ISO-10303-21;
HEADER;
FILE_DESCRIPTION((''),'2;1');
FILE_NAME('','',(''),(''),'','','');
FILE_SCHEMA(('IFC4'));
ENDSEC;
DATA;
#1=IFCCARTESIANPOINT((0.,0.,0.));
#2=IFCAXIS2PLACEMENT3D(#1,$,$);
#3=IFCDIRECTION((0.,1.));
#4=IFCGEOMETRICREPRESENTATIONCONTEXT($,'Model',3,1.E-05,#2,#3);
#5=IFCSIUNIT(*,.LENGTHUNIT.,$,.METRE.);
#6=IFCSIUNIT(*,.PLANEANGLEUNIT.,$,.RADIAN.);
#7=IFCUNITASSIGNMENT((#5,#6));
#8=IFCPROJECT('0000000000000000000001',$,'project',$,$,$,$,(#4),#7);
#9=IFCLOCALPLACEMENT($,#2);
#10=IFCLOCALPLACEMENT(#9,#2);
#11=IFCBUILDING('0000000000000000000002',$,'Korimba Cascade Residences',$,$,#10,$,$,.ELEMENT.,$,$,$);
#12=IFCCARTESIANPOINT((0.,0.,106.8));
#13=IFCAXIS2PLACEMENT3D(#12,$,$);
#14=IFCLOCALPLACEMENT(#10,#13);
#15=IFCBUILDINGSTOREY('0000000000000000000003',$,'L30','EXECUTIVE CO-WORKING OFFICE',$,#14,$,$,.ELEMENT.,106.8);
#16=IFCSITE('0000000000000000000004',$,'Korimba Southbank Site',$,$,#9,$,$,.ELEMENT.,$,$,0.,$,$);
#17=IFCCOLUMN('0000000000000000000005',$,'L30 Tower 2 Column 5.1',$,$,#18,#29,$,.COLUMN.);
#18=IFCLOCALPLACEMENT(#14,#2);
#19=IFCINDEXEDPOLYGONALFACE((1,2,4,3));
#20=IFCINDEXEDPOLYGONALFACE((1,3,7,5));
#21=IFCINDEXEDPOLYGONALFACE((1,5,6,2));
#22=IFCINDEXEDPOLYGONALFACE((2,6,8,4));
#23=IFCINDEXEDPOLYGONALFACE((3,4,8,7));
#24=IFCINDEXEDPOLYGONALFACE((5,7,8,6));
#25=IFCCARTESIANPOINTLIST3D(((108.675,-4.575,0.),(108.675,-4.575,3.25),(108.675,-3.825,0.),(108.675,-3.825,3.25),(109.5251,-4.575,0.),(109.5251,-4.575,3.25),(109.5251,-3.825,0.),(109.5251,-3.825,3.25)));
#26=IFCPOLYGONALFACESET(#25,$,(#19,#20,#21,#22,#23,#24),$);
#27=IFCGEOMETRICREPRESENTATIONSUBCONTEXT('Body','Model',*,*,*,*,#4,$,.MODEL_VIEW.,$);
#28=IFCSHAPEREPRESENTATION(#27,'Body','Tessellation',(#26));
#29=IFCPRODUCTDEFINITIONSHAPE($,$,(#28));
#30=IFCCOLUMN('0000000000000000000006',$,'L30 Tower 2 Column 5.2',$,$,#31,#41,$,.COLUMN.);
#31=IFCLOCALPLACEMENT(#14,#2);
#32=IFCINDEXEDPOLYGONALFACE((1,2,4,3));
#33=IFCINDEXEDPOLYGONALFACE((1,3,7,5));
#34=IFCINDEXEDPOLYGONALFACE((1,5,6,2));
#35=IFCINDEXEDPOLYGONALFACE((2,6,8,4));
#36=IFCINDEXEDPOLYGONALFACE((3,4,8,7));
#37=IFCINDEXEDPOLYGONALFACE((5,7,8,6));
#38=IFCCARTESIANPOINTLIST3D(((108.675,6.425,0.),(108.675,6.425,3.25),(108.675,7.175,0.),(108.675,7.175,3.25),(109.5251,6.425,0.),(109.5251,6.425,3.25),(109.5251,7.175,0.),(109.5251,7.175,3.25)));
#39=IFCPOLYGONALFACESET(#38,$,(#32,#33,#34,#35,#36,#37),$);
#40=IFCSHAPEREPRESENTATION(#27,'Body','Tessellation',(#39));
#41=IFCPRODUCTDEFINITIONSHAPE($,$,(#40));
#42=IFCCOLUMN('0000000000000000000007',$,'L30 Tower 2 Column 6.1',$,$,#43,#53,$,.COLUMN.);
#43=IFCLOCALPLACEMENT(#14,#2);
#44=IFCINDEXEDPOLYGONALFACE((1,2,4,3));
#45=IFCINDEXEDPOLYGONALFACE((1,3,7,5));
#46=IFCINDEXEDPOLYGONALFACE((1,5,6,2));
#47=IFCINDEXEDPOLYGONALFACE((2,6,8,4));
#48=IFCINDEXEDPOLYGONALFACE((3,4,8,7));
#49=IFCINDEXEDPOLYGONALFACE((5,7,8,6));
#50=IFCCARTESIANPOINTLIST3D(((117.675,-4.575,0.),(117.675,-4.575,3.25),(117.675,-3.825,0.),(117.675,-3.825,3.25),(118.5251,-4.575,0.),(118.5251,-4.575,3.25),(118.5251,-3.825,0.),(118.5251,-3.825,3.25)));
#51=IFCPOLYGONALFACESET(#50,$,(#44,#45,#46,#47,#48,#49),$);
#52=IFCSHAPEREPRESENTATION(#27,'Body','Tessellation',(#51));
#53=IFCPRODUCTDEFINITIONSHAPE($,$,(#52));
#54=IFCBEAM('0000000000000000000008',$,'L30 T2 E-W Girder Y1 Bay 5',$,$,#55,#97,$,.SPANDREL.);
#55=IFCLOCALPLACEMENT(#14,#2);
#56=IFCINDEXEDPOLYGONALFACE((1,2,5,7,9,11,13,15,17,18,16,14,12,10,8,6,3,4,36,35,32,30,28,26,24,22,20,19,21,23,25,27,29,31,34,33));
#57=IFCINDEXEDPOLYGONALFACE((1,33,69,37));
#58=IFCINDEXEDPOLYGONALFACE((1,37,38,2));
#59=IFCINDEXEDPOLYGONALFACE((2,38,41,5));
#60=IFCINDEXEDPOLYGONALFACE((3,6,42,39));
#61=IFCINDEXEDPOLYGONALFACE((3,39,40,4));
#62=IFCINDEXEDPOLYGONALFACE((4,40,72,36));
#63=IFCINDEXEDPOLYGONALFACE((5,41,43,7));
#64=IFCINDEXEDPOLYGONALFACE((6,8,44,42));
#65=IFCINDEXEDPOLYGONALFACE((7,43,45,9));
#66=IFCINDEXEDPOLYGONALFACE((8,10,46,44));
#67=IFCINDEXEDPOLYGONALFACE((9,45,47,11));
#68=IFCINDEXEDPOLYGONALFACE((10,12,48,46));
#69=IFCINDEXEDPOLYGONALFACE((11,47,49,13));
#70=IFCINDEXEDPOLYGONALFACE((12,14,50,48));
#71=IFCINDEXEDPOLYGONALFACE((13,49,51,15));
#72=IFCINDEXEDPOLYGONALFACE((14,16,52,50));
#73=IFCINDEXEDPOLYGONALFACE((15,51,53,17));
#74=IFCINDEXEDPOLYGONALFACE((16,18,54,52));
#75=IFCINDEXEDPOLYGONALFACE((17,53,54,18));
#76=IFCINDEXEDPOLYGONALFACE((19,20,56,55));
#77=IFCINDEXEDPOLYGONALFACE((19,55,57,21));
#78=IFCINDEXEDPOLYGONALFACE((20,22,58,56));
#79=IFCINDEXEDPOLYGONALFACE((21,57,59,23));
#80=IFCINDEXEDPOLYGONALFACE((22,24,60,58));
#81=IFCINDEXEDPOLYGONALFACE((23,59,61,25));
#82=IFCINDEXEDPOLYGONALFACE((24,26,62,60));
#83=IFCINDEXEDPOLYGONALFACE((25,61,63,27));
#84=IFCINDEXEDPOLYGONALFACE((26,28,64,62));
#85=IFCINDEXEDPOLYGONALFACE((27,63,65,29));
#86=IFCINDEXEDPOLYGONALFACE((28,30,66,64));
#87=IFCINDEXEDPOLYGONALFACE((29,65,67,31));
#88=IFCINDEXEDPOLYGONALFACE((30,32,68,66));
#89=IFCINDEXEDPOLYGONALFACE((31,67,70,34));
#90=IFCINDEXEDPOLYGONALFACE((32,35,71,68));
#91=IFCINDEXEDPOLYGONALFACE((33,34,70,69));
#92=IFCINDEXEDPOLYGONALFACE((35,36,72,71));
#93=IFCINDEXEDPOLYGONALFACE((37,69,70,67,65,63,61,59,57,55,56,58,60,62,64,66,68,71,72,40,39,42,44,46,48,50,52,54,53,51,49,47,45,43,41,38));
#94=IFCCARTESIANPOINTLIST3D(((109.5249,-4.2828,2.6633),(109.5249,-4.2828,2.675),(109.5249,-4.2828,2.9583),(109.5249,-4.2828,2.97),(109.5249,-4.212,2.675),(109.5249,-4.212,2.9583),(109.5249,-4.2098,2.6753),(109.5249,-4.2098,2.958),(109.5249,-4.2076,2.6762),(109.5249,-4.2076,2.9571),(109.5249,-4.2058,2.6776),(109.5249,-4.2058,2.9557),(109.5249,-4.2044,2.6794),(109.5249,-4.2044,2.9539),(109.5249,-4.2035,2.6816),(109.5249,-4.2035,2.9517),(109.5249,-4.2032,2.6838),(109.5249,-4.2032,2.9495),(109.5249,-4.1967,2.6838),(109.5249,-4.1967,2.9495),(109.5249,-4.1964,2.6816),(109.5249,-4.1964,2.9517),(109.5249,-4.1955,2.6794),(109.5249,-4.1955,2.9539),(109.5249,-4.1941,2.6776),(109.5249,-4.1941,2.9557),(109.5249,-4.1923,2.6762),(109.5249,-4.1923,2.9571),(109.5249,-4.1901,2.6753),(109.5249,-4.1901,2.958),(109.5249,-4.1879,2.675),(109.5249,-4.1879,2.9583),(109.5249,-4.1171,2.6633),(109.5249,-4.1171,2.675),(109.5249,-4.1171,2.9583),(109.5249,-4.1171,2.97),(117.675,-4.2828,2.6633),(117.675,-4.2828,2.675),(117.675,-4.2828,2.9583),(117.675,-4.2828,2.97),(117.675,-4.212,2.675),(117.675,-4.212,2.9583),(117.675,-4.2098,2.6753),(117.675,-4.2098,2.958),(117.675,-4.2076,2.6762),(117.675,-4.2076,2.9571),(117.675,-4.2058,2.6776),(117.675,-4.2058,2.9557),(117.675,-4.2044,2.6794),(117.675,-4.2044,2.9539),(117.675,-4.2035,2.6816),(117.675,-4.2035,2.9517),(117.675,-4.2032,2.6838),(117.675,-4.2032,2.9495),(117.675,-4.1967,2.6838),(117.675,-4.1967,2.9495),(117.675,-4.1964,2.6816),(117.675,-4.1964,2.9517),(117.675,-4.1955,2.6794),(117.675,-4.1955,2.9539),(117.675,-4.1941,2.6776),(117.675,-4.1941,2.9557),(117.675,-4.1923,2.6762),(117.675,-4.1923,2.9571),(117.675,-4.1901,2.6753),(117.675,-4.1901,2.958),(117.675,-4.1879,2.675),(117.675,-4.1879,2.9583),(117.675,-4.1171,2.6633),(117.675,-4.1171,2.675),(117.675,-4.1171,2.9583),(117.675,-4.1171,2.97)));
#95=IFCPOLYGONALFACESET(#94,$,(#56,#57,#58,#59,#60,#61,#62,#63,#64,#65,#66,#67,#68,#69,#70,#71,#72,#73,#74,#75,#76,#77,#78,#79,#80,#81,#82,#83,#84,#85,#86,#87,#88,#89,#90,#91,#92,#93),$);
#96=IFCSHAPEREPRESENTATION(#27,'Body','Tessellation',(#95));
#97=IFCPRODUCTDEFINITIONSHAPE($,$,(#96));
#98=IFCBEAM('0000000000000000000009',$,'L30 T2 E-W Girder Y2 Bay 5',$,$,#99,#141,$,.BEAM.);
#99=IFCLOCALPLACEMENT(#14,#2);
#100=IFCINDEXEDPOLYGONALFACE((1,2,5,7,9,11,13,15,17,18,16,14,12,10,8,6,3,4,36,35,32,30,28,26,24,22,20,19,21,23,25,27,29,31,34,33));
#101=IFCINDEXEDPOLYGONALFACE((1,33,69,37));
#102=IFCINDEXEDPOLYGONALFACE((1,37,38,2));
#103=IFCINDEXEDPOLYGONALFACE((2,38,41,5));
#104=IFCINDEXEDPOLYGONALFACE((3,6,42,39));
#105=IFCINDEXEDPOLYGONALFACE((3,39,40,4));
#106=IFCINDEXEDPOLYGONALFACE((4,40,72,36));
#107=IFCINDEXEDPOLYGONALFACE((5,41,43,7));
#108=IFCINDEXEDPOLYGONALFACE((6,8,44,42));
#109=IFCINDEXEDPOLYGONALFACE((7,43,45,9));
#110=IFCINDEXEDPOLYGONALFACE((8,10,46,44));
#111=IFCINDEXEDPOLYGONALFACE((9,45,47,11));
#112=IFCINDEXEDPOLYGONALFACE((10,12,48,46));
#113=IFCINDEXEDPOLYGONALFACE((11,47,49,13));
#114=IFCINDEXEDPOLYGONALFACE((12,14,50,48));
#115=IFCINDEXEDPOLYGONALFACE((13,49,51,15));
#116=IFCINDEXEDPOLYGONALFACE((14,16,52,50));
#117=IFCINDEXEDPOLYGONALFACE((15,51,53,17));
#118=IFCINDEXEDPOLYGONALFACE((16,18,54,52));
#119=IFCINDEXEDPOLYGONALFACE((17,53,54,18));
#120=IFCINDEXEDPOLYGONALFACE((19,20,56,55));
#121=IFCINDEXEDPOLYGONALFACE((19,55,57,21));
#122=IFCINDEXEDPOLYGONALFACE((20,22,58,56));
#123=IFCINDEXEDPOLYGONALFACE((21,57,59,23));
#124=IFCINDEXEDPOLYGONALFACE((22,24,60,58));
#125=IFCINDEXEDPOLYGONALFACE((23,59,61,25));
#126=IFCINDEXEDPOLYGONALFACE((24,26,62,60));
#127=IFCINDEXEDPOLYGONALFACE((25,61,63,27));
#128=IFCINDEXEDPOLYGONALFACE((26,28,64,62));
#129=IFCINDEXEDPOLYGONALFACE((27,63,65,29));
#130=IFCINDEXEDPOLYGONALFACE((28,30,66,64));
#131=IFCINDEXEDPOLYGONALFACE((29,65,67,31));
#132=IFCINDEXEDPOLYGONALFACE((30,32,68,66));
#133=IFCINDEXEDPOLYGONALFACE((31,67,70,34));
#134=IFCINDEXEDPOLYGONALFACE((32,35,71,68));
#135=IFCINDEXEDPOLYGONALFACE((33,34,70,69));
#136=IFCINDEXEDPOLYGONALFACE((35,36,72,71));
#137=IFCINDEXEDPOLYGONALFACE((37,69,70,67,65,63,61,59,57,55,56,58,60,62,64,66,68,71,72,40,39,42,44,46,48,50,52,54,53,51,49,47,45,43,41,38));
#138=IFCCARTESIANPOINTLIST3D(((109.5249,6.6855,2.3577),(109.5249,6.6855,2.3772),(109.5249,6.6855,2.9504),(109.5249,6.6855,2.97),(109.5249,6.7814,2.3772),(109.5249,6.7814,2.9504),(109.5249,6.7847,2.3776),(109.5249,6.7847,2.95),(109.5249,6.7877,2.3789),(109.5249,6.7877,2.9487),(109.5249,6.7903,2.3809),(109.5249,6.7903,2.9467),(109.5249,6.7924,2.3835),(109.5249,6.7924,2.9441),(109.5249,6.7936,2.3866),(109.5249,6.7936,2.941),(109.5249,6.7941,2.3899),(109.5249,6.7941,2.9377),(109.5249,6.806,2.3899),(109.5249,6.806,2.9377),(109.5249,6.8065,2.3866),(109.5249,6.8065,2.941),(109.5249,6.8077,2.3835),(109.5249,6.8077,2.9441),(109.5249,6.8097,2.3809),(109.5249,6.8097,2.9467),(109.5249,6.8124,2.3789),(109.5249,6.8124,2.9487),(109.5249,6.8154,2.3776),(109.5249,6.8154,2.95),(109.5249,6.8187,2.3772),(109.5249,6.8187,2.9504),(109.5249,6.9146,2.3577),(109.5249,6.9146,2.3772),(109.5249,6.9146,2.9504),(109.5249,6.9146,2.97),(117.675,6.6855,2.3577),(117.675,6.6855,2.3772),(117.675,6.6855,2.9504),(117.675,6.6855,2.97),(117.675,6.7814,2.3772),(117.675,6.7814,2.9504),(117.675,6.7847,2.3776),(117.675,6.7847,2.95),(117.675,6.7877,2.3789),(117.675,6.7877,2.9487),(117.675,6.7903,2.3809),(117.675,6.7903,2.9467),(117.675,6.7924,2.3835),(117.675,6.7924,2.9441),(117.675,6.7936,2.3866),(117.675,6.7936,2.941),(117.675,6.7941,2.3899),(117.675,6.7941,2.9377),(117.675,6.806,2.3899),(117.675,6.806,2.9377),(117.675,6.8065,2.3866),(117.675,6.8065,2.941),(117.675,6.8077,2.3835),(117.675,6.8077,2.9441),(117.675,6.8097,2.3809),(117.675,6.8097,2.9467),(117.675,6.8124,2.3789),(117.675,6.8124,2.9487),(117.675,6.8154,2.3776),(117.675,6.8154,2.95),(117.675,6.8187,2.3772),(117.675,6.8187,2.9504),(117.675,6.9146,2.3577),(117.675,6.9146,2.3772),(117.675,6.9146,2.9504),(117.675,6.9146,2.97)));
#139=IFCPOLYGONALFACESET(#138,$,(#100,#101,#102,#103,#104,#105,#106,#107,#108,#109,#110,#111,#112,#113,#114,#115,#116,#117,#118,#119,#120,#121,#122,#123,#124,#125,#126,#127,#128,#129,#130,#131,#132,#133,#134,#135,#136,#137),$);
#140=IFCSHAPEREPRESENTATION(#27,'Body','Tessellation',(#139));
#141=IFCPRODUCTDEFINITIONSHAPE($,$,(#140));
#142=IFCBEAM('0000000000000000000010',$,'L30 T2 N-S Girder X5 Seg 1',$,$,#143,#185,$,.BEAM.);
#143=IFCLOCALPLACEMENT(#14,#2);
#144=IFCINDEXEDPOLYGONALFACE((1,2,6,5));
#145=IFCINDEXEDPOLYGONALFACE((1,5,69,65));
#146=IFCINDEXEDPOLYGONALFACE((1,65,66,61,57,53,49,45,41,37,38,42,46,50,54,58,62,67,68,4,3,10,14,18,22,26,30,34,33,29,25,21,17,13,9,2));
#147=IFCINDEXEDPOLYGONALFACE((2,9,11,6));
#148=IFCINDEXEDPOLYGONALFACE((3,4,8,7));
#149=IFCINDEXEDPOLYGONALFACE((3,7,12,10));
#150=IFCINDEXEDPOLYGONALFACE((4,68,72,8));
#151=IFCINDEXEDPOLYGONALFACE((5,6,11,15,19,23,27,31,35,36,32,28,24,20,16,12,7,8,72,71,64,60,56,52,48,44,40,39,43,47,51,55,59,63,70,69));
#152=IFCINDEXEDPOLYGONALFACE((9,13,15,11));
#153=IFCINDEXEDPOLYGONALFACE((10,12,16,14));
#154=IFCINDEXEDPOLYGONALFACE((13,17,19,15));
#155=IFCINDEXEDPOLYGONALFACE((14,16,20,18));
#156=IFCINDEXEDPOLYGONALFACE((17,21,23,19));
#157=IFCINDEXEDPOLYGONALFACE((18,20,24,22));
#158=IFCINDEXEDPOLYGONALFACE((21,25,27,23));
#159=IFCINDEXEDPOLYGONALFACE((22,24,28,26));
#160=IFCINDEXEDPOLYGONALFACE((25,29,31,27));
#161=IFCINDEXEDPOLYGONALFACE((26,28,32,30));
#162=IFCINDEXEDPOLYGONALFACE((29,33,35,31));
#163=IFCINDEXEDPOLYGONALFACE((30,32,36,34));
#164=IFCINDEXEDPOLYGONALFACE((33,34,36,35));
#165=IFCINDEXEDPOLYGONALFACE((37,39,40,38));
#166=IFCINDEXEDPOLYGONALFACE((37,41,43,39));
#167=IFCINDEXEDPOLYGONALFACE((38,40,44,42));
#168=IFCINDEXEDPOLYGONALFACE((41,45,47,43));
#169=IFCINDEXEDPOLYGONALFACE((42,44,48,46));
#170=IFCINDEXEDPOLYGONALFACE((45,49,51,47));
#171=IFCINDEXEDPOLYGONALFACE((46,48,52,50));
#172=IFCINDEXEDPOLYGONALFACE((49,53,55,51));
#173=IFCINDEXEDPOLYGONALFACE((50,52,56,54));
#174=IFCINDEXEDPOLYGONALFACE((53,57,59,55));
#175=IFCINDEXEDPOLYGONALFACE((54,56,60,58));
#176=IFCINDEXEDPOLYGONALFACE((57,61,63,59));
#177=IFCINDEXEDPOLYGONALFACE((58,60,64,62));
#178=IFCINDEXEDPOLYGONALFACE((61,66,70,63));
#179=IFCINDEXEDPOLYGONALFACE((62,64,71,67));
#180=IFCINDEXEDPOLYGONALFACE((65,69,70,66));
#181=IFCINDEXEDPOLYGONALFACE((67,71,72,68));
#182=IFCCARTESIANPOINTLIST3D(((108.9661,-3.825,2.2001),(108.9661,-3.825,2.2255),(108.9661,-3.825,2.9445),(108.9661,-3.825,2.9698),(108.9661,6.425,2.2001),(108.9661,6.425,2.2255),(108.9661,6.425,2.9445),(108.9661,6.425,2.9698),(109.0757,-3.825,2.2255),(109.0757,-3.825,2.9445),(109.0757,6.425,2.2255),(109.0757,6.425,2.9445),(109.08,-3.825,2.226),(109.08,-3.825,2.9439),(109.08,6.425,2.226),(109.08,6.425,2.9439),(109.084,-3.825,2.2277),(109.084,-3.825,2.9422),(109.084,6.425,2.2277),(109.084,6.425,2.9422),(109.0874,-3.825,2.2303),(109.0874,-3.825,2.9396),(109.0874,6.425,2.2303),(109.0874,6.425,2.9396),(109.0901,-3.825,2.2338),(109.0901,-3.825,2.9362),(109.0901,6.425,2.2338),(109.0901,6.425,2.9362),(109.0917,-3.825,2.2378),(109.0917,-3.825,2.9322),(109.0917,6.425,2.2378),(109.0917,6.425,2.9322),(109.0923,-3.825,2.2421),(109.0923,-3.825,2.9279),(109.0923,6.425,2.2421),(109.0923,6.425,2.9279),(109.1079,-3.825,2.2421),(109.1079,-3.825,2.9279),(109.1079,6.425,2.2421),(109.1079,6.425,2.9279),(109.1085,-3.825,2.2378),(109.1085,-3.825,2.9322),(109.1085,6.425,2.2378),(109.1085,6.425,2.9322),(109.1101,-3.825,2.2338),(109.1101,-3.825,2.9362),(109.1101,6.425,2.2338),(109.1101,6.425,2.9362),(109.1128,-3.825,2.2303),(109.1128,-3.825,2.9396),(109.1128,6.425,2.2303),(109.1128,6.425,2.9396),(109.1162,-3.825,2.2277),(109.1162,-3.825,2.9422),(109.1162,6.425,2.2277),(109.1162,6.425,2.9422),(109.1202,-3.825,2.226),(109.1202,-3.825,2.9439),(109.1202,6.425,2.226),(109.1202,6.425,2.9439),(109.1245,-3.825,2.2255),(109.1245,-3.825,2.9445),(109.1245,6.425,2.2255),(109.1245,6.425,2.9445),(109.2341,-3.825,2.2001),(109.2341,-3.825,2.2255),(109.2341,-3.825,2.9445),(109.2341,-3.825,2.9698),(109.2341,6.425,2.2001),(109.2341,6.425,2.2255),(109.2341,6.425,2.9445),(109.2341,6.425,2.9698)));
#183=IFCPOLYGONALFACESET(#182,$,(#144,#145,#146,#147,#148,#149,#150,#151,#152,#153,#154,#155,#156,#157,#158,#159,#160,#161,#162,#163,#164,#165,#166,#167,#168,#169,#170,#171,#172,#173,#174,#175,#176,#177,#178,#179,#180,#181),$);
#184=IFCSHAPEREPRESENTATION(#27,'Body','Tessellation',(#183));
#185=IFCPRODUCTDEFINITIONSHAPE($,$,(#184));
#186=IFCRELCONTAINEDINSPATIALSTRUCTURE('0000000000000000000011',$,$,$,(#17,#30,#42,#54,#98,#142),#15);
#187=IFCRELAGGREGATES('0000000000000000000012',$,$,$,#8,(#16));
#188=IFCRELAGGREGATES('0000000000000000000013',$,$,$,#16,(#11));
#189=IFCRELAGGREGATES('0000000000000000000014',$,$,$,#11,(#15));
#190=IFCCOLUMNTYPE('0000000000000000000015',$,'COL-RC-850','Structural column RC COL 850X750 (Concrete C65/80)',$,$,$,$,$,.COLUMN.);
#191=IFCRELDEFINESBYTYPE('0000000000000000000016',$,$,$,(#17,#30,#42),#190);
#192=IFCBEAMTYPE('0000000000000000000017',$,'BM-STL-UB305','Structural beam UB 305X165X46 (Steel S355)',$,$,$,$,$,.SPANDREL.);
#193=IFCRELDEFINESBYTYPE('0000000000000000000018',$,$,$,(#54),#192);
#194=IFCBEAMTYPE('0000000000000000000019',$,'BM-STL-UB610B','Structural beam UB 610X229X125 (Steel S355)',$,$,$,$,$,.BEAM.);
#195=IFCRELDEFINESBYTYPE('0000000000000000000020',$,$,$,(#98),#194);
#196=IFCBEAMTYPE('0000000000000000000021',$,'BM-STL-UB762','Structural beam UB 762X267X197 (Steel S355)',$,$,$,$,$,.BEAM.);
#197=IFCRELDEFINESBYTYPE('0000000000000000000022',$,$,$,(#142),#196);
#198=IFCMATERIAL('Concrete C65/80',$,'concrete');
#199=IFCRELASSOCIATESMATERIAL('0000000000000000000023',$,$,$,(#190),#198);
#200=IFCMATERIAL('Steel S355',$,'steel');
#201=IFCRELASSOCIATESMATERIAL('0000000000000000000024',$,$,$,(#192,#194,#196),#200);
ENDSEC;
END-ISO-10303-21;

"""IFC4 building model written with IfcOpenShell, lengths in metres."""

from ifc_helpers import new_model, si_unit, direction, frame, origin, origin_2d, place, context, subcontext, project, spatial, rectangle, i_section, extrude, material, material_profile, profile_set, type_object, element, save


model = new_model("IFC4")

# Units and contexts
model_context = context("Model", 3, precision=1e-05, world=origin(), true_north=direction((0.0, 1.0)))
body_context = subcontext(model_context, "Body", "Model", "MODEL_VIEW")
ifc_project = project(units=[si_unit("LENGTHUNIT", "METRE"), si_unit("PLANEANGLEUNIT", "RADIAN")], contexts=[model_context])

# Site, building, storey
site_placement = place(None, origin())
site = spatial("IfcSite", under=ifc_project, at=site_placement, Name="Korimba Southbank Site", CompositionType="ELEMENT", RefElevation=0.0)
building_placement = place(site_placement, origin())
building = spatial("IfcBuilding", under=site, at=building_placement, Name="Korimba Cascade Residences", CompositionType="ELEMENT")
storey_placement = place(building_placement, frame((0.0, 0.0, 106.8)))
storey = spatial("IfcBuildingStorey", under=building, at=storey_placement, Name="L30", Description="EXECUTIVE CO-WORKING OFFICE", CompositionType="ELEMENT", Elevation=106.8)

# Columns
ifc_material_1 = material(Name="Concrete C65/80", Category="concrete")
ifc_material_profile_1 = material_profile(ifc_material_1, rectangle(XDim=0.8501, YDim=0.75, at=origin_2d()), Name="Concrete C65/80")
ifc_profile_set_1 = profile_set([ifc_material_profile_1], Name="Concrete C65/80")
column_type = type_object("IfcColumnType", Name="COL-RC-850", Description="Structural column RC COL 850X750 (Concrete C65/80)", PredefinedType="COLUMN", material=ifc_profile_set_1)
for number, where, z_axis, x_axis, name in (
    (1, (109.1001, -4.2, 0.0), (0.0, 0.0, 1.0), (1.0, 0.0, 0.0), "L30 Tower 2 Column 5.1"),
    (2, (109.1001, 6.8, 0.0), (0.0, 0.0, 1.0), (1.0, 0.0, 0.0), "L30 Tower 2 Column 5.2"),
    (3, (118.1001, -4.2, 0.0), (0.0, 0.0, 1.0), (1.0, 0.0, 0.0), "L30 Tower 2 Column 6.1"),
):
    element("IfcColumn", number, at=place(storey_placement, frame(where, z_axis=z_axis, x_axis=x_axis)), inside=storey, type_object=column_type, Name=name, PredefinedType="COLUMN", context=body_context, shape_type="SweptSolid", body=[
        extrude(rectangle(XDim=0.8501, YDim=0.75, at=origin_2d()), origin(), (0.0, 0.0, 1.0), 3.25),
    ])

# Beams
ifc_material_2 = material(Name="Steel S355", Category="steel")
ifc_material_profile_2 = material_profile(ifc_material_2, i_section(OverallWidth=0.1658, OverallDepth=0.3066, WebThickness=0.0066, FlangeThickness=0.0117, FilletRadius=0.0088, at=origin_2d()), Name="Steel S355")
ifc_profile_set_2 = profile_set([ifc_material_profile_2], Name="Steel S355")
beam_type_1 = type_object("IfcBeamType", Name="BM-STL-UB305", Description="Structural beam UB 305X165X46 (Steel S355)", PredefinedType="SPANDREL", material=ifc_profile_set_2)
beam_1_placement = place(storey_placement, frame((109.5249, -4.2, 2.8167), z_axis=(1.0, 0.0, 0.0), x_axis=(0.0, 1.0, 0.0)))
element("IfcBeam", 4, at=beam_1_placement, inside=storey, type_object=beam_type_1, Name="L30 T2 E-W Girder Y1 Bay 5", PredefinedType="SPANDREL", context=body_context, shape_type="SweptSolid", body=[
    extrude(i_section(OverallWidth=0.1658, OverallDepth=0.3066, WebThickness=0.0066, FlangeThickness=0.0117, FilletRadius=0.0088, at=origin_2d()), origin(), (0.0, 0.0, 1.0), 8.1501),
])
ifc_material_profile_3 = material_profile(ifc_material_2, i_section(OverallWidth=0.229, OverallDepth=0.6123, WebThickness=0.012, FlangeThickness=0.0195, FilletRadius=0.0127, at=origin_2d()), Name="Steel S355")
ifc_profile_set_3 = profile_set([ifc_material_profile_3], Name="Steel S355")
beam_type_2 = type_object("IfcBeamType", Name="BM-STL-UB610B", Description="Structural beam UB 610X229X125 (Steel S355)", PredefinedType="BEAM", material=ifc_profile_set_3)
beam_2_placement = place(storey_placement, frame((109.5249, 6.8, 2.6638), z_axis=(1.0, 0.0, 0.0), x_axis=(0.0, 1.0, 0.0)))
element("IfcBeam", 5, at=beam_2_placement, inside=storey, type_object=beam_type_2, Name="L30 T2 E-W Girder Y2 Bay 5", PredefinedType="BEAM", context=body_context, shape_type="SweptSolid", body=[
    extrude(i_section(OverallWidth=0.229, OverallDepth=0.6123, WebThickness=0.012, FlangeThickness=0.0195, FilletRadius=0.0127, at=origin_2d()), origin(), (0.0, 0.0, 1.0), 8.1501),
])
ifc_material_profile_4 = material_profile(ifc_material_2, i_section(OverallWidth=0.2681, OverallDepth=0.7698, WebThickness=0.0156, FlangeThickness=0.0254, FilletRadius=0.0166, at=origin_2d()), Name="Steel S355")
ifc_profile_set_4 = profile_set([ifc_material_profile_4], Name="Steel S355")
beam_type_3 = type_object("IfcBeamType", Name="BM-STL-UB762", Description="Structural beam UB 762X267X197 (Steel S355)", PredefinedType="BEAM", material=ifc_profile_set_4)
beam_3_placement = place(storey_placement, frame((109.1001, -3.825, 2.585), z_axis=(0.0, 1.0, 0.0), x_axis=(-1.0, 0.0, 0.0)))
element("IfcBeam", 6, at=beam_3_placement, inside=storey, type_object=beam_type_3, Name="L30 T2 N-S Girder X5 Seg 1", PredefinedType="BEAM", context=body_context, shape_type="SweptSolid", body=[
    extrude(i_section(OverallWidth=0.2681, OverallDepth=0.7698, WebThickness=0.0156, FlangeThickness=0.0254, FilletRadius=0.0166, at=origin_2d()), origin(), (0.0, 0.0, 1.0), 10.25),
])

save(model, "model.ifc")
